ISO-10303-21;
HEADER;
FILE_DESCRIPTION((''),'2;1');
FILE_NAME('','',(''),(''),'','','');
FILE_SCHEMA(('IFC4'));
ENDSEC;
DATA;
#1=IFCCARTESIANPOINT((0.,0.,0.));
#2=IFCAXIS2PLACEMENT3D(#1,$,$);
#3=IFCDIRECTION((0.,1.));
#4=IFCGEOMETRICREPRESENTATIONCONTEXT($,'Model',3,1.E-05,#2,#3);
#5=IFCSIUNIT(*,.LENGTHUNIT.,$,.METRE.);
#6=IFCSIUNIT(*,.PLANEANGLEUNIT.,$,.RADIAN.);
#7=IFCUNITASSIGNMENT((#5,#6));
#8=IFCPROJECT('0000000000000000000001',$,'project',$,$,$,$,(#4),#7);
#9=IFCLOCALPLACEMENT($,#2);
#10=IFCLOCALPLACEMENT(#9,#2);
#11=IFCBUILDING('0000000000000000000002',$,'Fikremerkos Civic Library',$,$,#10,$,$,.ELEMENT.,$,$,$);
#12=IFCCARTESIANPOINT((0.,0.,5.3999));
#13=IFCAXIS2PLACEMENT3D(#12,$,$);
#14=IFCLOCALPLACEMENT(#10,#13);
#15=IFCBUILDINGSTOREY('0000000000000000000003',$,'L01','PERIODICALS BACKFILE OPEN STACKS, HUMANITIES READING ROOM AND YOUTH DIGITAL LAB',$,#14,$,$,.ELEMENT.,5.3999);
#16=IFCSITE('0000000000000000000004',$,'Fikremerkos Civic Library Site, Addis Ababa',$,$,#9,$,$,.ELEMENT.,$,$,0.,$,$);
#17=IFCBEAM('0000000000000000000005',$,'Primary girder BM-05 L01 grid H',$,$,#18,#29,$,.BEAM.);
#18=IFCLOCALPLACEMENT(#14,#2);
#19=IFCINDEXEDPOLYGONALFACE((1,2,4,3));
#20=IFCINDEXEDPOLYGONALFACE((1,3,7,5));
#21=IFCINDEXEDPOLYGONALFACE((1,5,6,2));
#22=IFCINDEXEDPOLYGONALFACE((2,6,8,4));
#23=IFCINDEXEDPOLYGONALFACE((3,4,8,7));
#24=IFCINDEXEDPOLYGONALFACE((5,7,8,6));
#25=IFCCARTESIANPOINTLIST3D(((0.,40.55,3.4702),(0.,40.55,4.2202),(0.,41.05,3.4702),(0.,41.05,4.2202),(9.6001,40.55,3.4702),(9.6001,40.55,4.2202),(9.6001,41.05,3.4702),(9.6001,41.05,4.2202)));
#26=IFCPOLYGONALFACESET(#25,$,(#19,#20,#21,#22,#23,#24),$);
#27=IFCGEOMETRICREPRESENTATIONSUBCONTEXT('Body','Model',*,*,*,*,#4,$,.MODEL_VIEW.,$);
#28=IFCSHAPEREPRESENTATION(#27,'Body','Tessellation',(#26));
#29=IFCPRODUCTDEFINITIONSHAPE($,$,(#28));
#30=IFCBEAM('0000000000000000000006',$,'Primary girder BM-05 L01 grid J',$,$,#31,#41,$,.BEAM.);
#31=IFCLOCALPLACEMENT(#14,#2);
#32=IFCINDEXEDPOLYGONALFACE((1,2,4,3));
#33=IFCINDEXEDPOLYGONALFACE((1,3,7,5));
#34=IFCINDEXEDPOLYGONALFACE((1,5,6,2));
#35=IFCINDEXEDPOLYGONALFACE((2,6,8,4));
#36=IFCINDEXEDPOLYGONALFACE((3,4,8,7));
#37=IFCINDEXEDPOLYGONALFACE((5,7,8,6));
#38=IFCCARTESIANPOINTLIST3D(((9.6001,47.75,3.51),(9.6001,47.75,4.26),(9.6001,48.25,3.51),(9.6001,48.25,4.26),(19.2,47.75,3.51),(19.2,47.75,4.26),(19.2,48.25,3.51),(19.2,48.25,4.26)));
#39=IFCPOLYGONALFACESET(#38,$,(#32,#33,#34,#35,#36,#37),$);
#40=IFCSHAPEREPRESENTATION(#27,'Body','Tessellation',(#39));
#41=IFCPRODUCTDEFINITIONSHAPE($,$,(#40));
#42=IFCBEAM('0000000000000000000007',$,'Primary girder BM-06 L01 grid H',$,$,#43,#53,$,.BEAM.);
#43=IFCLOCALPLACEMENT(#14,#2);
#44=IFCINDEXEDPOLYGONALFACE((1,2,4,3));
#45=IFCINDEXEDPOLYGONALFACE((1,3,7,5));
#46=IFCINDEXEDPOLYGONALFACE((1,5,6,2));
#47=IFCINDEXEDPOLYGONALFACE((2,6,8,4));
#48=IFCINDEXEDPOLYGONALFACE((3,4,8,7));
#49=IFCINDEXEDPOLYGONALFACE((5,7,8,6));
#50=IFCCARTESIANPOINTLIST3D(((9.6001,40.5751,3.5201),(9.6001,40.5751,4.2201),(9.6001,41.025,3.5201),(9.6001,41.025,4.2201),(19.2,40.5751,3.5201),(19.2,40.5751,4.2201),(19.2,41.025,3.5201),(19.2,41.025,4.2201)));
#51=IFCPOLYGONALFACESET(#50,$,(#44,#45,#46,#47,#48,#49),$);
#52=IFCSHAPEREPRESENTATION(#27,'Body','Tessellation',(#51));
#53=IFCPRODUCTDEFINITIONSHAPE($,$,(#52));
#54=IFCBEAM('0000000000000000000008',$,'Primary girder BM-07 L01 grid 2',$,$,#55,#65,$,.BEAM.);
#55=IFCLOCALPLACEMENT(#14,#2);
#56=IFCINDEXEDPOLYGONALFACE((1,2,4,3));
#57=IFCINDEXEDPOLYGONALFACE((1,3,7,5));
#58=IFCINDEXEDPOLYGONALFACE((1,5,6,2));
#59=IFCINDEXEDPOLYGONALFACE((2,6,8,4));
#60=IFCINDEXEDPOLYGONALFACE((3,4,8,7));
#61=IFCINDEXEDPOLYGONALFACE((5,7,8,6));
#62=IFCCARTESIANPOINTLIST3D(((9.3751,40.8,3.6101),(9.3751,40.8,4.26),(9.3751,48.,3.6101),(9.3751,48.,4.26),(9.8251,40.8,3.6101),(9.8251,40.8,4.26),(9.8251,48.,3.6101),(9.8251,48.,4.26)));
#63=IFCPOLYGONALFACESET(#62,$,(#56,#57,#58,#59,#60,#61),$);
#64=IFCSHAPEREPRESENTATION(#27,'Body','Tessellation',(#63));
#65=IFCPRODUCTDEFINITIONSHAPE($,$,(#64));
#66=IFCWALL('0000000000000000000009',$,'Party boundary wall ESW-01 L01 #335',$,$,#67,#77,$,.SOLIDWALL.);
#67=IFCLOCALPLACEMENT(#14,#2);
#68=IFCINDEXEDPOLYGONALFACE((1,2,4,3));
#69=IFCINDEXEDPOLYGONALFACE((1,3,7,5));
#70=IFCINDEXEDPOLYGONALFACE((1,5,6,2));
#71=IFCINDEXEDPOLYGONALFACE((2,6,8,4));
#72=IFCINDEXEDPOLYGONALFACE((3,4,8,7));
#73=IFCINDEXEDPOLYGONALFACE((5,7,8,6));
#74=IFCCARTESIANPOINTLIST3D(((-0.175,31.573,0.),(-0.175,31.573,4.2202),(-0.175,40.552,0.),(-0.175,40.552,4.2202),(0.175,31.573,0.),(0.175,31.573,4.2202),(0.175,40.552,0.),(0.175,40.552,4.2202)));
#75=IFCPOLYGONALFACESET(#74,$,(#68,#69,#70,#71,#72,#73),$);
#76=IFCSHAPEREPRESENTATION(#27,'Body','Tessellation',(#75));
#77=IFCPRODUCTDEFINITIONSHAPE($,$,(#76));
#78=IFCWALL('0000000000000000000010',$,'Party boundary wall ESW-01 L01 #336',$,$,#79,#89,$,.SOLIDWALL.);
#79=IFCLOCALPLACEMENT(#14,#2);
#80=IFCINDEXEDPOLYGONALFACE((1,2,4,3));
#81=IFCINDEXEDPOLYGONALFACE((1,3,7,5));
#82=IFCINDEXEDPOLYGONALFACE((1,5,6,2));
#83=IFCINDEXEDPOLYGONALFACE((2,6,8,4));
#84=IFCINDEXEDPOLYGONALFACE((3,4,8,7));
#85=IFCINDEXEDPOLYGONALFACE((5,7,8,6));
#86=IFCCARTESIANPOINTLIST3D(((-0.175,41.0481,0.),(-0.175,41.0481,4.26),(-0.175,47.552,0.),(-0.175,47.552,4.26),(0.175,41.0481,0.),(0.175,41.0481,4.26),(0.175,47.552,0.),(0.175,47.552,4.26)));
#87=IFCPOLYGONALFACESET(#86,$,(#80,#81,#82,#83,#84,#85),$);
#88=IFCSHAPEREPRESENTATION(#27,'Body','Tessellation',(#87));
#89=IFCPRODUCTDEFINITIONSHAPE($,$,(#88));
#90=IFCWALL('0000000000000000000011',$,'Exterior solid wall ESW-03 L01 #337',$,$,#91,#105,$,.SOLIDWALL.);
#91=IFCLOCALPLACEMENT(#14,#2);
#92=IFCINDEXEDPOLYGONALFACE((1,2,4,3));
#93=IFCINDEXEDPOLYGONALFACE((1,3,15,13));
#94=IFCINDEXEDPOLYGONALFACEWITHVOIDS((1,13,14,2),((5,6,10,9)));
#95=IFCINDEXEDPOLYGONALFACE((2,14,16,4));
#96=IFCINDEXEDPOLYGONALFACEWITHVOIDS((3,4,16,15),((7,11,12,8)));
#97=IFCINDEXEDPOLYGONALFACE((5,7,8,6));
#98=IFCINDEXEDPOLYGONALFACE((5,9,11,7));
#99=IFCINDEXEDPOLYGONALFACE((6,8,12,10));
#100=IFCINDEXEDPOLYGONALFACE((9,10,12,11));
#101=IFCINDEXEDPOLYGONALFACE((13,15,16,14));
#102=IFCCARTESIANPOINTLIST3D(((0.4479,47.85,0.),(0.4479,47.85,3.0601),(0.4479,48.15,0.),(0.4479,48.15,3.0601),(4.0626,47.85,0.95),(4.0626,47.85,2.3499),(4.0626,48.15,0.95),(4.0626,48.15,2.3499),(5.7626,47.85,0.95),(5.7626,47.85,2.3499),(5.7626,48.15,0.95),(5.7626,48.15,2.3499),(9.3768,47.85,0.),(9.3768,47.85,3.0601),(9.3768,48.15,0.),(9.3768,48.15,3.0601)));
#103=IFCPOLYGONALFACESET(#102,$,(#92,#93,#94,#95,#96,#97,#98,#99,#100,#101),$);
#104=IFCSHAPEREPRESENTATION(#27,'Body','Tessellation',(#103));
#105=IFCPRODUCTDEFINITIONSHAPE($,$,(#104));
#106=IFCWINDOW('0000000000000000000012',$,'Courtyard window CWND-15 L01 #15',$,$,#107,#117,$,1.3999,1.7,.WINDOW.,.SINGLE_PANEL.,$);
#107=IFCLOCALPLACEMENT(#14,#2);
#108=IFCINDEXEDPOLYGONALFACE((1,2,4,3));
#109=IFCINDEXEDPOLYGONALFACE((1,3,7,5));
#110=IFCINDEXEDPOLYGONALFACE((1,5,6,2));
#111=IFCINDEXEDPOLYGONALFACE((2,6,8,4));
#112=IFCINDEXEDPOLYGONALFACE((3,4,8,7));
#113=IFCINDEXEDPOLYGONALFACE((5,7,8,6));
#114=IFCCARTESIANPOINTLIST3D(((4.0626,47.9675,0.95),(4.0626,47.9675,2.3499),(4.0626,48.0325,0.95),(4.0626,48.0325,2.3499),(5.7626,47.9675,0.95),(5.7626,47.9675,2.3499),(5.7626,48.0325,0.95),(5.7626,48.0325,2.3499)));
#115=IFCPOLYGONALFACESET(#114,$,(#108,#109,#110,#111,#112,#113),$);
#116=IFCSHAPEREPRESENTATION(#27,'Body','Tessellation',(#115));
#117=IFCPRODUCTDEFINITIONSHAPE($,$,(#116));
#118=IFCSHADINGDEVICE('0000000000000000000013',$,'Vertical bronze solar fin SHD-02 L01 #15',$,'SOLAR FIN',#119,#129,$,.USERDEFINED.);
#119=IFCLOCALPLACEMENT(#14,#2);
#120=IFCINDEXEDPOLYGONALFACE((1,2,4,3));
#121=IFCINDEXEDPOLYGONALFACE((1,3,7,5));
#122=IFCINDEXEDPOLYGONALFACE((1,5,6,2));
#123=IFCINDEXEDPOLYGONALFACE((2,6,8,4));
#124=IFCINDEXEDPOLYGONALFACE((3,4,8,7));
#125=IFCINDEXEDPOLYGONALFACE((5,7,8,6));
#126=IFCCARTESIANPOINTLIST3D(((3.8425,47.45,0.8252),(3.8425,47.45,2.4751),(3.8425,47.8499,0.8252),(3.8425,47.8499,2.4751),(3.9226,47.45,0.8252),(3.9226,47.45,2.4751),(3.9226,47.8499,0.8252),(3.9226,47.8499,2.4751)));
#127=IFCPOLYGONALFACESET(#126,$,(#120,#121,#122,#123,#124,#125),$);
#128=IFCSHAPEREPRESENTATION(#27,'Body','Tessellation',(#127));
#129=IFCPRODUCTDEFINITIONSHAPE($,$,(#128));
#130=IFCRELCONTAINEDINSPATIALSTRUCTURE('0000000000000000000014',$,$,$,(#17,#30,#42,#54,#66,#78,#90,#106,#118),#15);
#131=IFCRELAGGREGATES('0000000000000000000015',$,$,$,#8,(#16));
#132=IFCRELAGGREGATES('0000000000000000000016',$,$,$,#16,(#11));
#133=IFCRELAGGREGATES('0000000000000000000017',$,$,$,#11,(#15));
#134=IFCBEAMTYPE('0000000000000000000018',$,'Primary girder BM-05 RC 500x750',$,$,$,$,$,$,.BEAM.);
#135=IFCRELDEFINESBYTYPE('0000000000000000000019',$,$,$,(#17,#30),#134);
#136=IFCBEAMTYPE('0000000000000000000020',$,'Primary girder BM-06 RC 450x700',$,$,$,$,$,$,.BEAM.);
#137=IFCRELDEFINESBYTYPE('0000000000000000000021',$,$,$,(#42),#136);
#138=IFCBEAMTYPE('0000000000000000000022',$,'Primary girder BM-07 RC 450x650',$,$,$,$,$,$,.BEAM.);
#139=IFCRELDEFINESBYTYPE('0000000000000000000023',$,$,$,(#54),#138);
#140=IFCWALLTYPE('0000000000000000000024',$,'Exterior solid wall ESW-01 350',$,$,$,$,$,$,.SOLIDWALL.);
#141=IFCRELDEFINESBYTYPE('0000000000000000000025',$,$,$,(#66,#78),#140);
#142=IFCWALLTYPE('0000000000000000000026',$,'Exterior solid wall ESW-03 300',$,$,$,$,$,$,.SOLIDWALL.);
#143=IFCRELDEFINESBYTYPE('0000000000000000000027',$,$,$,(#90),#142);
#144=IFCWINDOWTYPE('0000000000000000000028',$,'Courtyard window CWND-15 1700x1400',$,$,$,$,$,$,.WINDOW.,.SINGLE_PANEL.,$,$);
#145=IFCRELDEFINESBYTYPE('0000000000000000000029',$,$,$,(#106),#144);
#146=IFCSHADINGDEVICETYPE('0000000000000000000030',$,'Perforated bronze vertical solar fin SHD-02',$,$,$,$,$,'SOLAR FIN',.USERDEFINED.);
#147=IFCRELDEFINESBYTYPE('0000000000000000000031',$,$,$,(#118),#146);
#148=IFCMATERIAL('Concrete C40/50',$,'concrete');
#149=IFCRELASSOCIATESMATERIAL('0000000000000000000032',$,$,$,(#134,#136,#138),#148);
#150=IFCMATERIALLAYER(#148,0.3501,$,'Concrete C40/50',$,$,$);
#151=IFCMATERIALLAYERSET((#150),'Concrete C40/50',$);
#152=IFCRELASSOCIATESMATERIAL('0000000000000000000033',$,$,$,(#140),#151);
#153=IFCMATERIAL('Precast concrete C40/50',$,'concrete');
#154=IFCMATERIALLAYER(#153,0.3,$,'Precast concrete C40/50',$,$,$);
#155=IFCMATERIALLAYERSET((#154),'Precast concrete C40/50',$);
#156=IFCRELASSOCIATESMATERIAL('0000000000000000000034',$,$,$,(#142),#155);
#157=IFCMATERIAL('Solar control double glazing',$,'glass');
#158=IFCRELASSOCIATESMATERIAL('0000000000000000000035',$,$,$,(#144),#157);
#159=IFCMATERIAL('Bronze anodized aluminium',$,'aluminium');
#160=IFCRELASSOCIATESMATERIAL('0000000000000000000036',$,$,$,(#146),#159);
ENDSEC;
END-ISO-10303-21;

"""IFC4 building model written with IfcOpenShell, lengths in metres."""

from ifc_helpers import new_model, si_unit, direction, frame, frame_2d, origin, origin_2d, place, context, subcontext, project, spatial, rectangle, extrude, material, layer, layer_set, material_profile, profile_set, type_object, element, fill, save


model = new_model("IFC4")

# Units and contexts
model_context = context("Model", 3, precision=1e-05, world=origin(), true_north=direction((0.0, 1.0)))
body_context = subcontext(model_context, "Body", "Model", "MODEL_VIEW")
ifc_project = project(units=[si_unit("LENGTHUNIT", "METRE"), si_unit("PLANEANGLEUNIT", "RADIAN")], contexts=[model_context])

# Site, building, storey
site_placement = place(None, origin())
site = spatial("IfcSite", under=ifc_project, at=site_placement, Name="Fikremerkos Civic Library Site, Addis Ababa", CompositionType="ELEMENT", RefElevation=0.0)
building_placement = place(site_placement, origin())
building = spatial("IfcBuilding", under=site, at=building_placement, Name="Fikremerkos Civic Library", CompositionType="ELEMENT")
storey_placement = place(building_placement, frame((0.0, 0.0, 5.3999)))
storey = spatial("IfcBuildingStorey", under=building, at=storey_placement, Name="L01", Description="PERIODICALS BACKFILE OPEN STACKS, HUMANITIES READING ROOM AND YOUTH DIGITAL LAB", CompositionType="ELEMENT", Elevation=5.3999)

# Shared definitions
ifc_material_1 = material(Name="Concrete C40/50", Category="concrete")

# Beams
ifc_material_profile_1 = material_profile(ifc_material_1, rectangle(XDim=0.5, YDim=0.75, at=origin_2d()), Name="RC 500x750")
ifc_profile_set_1 = profile_set([ifc_material_profile_1], Name="Concrete C40/50")
beam_type_1 = type_object("IfcBeamType", Name="Primary girder BM-05 RC 500x750", PredefinedType="BEAM", material=ifc_profile_set_1)
beam_1_placement = place(storey_placement, frame((0.0, 40.8, 3.8452), z_axis=(1.0, 0.0, 0.0), x_axis=(0.0, 1.0, 0.0)))
element("IfcBeam", 1, at=beam_1_placement, inside=storey, type_object=beam_type_1, Name="Primary girder BM-05 L01 grid H", PredefinedType="BEAM", context=body_context, shape_type="SweptSolid", body=[
    extrude(rectangle(XDim=0.5, YDim=0.75, at=origin_2d()), origin(), (0.0, 0.0, 1.0), 9.6001),
])
beam_2_placement = place(storey_placement, frame((9.6001, 48.0, 3.885), z_axis=(1.0, 0.0, 0.0), x_axis=(0.0, 1.0, 0.0)))
element("IfcBeam", 2, at=beam_2_placement, inside=storey, type_object=beam_type_1, Name="Primary girder BM-05 L01 grid J", PredefinedType="BEAM", context=body_context, shape_type="SweptSolid", body=[
    extrude(rectangle(XDim=0.5, YDim=0.75, at=origin_2d()), origin(), (0.0, 0.0, 1.0), 9.5999),
])
ifc_material_profile_2 = material_profile(ifc_material_1, rectangle(XDim=0.45, YDim=0.7, at=origin_2d()), Name="RC 450x700")
ifc_profile_set_2 = profile_set([ifc_material_profile_2], Name="Concrete C40/50")
beam_type_2 = type_object("IfcBeamType", Name="Primary girder BM-06 RC 450x700", PredefinedType="BEAM", material=ifc_profile_set_2)
beam_3_placement = place(storey_placement, frame((9.6001, 40.8, 3.8701), z_axis=(1.0, 0.0, 0.0), x_axis=(0.0, 1.0, 0.0)))
element("IfcBeam", 3, at=beam_3_placement, inside=storey, type_object=beam_type_2, Name="Primary girder BM-06 L01 grid H", PredefinedType="BEAM", context=body_context, shape_type="SweptSolid", body=[
    extrude(rectangle(XDim=0.45, YDim=0.7, at=origin_2d()), origin(), (0.0, 0.0, 1.0), 9.5999),
])
ifc_material_profile_3 = material_profile(ifc_material_1, rectangle(XDim=0.45, YDim=0.6499, at=origin_2d()), Name="RC 450x650")
ifc_profile_set_3 = profile_set([ifc_material_profile_3], Name="Concrete C40/50")
beam_type_3 = type_object("IfcBeamType", Name="Primary girder BM-07 RC 450x650", PredefinedType="BEAM", material=ifc_profile_set_3)
beam_4_placement = place(storey_placement, frame((9.6001, 40.8, 3.9351), z_axis=(0.0, 1.0, 0.0), x_axis=(-1.0, 0.0, 0.0)))
element("IfcBeam", 4, at=beam_4_placement, inside=storey, type_object=beam_type_3, Name="Primary girder BM-07 L01 grid 2", PredefinedType="BEAM", context=body_context, shape_type="SweptSolid", body=[
    extrude(rectangle(XDim=0.45, YDim=0.6499, at=origin_2d()), origin(), (0.0, 0.0, 1.0), 7.2),
])

# Walls
ifc_layer_1 = layer(ifc_material_1, 0.3501, Name="Concrete C40/50")
ifc_layer_set_1 = layer_set([ifc_layer_1], Name="Concrete C40/50")
wall_type_1 = type_object("IfcWallType", Name="Exterior solid wall ESW-01 350", PredefinedType="SOLIDWALL", material=ifc_layer_set_1)
wall_1_placement = place(storey_placement, frame((0.0, 31.573, 0.0), z_axis=(0.0, 0.0, 1.0), x_axis=(0.0, 1.0, 0.0)))
element("IfcWall", 5, at=wall_1_placement, inside=storey, type_object=wall_type_1, Name="Party boundary wall ESW-01 L01 #335", PredefinedType="SOLIDWALL", context=body_context, shape_type="SweptSolid", body=[
    extrude(rectangle(XDim=8.979, YDim=0.3501, at=frame_2d((4.4895, 0.0))), origin(), (0.0, 0.0, 1.0), 4.2202),
])
wall_2_placement = place(storey_placement, frame((0.0, 41.0481, 0.0), z_axis=(0.0, 0.0, 1.0), x_axis=(0.0, 1.0, 0.0)))
element("IfcWall", 6, at=wall_2_placement, inside=storey, type_object=wall_type_1, Name="Party boundary wall ESW-01 L01 #336", PredefinedType="SOLIDWALL", context=body_context, shape_type="SweptSolid", body=[
    extrude(rectangle(XDim=6.5039, YDim=0.3501, at=frame_2d((3.252, 0.0))), origin(), (0.0, 0.0, 1.0), 4.26),
])

# Wall, opening, window
ifc_material_2 = material(Name="Precast concrete C40/50", Category="concrete")
ifc_layer_2 = layer(ifc_material_2, 0.3, Name="Precast concrete C40/50")
ifc_layer_set_2 = layer_set([ifc_layer_2], Name="Precast concrete C40/50")
wall_type_2 = type_object("IfcWallType", Name="Exterior solid wall ESW-03 300", PredefinedType="SOLIDWALL", material=ifc_layer_set_2)
wall_3_placement = place(storey_placement, frame((0.448, 48.0, 0.0), z_axis=(0.0, 0.0, 1.0), x_axis=(1.0, 0.0, 0.0)))
wall_3 = element("IfcWall", 7, at=wall_3_placement, inside=storey, type_object=wall_type_2, Name="Exterior solid wall ESW-03 L01 #337", PredefinedType="SOLIDWALL", context=body_context, shape_type="SweptSolid", body=[
    extrude(rectangle(XDim=8.929, YDim=0.3, at=frame_2d((4.4644, 0.0))), origin(), (0.0, 0.0, 1.0), 3.0601),
])
opening_placement = place(wall_3_placement, frame((3.6145, 0.0, 0.95)))
opening = element("IfcOpeningElement", 8, at=opening_placement, cuts=wall_3, PredefinedType="OPENING", context=body_context, shape_type="SweptSolid", body=[
    extrude(rectangle(XDim=1.7, YDim=1.3999, at=frame_2d((0.8501, 0.7))), frame((0.0, 0.1599, 0.0), z_axis=(0.0, -1.0, 0.0), x_axis=(1.0, 0.0, 0.0)), (0.0, 0.0, 1.0), 0.3201),
])
ifc_material_3 = material(Name="Solar control double glazing", Category="glass")
window_type = type_object("IfcWindowType", Name="Courtyard window CWND-15 1700x1400", PartitioningType="SINGLE_PANEL", PredefinedType="WINDOW", material=ifc_material_3)
window_placement = place(opening_placement, origin())
window = element("IfcWindow", 9, at=window_placement, inside=storey, type_object=window_type, Name="Courtyard window CWND-15 L01 #15", OverallHeight=1.3999, OverallWidth=1.7, PartitioningType="SINGLE_PANEL", PredefinedType="WINDOW", context=body_context, shape_type="SweptSolid", body=[
    extrude(rectangle(XDim=1.7, YDim=1.3999, at=frame_2d((0.8501, 0.7))), frame((0.0, 0.0325, 0.0), z_axis=(0.0, -1.0, 0.0), x_axis=(1.0, 0.0, 0.0)), (0.0, 0.0, 1.0), 0.0649),
])
fill(opening, window)

# Shading device
ifc_material_4 = material(Name="Bronze anodized aluminium", Category="aluminium")
shading_device_type = type_object("IfcShadingDeviceType", Name="Perforated bronze vertical solar fin SHD-02", ElementType="SOLAR FIN", PredefinedType="USERDEFINED", material=ifc_material_4)
shading_device_placement = place(storey_placement, frame((3.8826, 47.6499, 0.8252), z_axis=(0.0, 0.0, 1.0), x_axis=(1.0, 0.0, 0.0)))
element("IfcShadingDevice", 10, at=shading_device_placement, inside=storey, type_object=shading_device_type, Name="Vertical bronze solar fin SHD-02 L01 #15", ObjectType="SOLAR FIN", PredefinedType="USERDEFINED", context=body_context, shape_type="SweptSolid", body=[
    extrude(rectangle(XDim=0.0801, YDim=0.3999, at=origin_2d()), origin(), (0.0, 0.0, 1.0), 1.6499),
])

save(model, "model.ifc")
